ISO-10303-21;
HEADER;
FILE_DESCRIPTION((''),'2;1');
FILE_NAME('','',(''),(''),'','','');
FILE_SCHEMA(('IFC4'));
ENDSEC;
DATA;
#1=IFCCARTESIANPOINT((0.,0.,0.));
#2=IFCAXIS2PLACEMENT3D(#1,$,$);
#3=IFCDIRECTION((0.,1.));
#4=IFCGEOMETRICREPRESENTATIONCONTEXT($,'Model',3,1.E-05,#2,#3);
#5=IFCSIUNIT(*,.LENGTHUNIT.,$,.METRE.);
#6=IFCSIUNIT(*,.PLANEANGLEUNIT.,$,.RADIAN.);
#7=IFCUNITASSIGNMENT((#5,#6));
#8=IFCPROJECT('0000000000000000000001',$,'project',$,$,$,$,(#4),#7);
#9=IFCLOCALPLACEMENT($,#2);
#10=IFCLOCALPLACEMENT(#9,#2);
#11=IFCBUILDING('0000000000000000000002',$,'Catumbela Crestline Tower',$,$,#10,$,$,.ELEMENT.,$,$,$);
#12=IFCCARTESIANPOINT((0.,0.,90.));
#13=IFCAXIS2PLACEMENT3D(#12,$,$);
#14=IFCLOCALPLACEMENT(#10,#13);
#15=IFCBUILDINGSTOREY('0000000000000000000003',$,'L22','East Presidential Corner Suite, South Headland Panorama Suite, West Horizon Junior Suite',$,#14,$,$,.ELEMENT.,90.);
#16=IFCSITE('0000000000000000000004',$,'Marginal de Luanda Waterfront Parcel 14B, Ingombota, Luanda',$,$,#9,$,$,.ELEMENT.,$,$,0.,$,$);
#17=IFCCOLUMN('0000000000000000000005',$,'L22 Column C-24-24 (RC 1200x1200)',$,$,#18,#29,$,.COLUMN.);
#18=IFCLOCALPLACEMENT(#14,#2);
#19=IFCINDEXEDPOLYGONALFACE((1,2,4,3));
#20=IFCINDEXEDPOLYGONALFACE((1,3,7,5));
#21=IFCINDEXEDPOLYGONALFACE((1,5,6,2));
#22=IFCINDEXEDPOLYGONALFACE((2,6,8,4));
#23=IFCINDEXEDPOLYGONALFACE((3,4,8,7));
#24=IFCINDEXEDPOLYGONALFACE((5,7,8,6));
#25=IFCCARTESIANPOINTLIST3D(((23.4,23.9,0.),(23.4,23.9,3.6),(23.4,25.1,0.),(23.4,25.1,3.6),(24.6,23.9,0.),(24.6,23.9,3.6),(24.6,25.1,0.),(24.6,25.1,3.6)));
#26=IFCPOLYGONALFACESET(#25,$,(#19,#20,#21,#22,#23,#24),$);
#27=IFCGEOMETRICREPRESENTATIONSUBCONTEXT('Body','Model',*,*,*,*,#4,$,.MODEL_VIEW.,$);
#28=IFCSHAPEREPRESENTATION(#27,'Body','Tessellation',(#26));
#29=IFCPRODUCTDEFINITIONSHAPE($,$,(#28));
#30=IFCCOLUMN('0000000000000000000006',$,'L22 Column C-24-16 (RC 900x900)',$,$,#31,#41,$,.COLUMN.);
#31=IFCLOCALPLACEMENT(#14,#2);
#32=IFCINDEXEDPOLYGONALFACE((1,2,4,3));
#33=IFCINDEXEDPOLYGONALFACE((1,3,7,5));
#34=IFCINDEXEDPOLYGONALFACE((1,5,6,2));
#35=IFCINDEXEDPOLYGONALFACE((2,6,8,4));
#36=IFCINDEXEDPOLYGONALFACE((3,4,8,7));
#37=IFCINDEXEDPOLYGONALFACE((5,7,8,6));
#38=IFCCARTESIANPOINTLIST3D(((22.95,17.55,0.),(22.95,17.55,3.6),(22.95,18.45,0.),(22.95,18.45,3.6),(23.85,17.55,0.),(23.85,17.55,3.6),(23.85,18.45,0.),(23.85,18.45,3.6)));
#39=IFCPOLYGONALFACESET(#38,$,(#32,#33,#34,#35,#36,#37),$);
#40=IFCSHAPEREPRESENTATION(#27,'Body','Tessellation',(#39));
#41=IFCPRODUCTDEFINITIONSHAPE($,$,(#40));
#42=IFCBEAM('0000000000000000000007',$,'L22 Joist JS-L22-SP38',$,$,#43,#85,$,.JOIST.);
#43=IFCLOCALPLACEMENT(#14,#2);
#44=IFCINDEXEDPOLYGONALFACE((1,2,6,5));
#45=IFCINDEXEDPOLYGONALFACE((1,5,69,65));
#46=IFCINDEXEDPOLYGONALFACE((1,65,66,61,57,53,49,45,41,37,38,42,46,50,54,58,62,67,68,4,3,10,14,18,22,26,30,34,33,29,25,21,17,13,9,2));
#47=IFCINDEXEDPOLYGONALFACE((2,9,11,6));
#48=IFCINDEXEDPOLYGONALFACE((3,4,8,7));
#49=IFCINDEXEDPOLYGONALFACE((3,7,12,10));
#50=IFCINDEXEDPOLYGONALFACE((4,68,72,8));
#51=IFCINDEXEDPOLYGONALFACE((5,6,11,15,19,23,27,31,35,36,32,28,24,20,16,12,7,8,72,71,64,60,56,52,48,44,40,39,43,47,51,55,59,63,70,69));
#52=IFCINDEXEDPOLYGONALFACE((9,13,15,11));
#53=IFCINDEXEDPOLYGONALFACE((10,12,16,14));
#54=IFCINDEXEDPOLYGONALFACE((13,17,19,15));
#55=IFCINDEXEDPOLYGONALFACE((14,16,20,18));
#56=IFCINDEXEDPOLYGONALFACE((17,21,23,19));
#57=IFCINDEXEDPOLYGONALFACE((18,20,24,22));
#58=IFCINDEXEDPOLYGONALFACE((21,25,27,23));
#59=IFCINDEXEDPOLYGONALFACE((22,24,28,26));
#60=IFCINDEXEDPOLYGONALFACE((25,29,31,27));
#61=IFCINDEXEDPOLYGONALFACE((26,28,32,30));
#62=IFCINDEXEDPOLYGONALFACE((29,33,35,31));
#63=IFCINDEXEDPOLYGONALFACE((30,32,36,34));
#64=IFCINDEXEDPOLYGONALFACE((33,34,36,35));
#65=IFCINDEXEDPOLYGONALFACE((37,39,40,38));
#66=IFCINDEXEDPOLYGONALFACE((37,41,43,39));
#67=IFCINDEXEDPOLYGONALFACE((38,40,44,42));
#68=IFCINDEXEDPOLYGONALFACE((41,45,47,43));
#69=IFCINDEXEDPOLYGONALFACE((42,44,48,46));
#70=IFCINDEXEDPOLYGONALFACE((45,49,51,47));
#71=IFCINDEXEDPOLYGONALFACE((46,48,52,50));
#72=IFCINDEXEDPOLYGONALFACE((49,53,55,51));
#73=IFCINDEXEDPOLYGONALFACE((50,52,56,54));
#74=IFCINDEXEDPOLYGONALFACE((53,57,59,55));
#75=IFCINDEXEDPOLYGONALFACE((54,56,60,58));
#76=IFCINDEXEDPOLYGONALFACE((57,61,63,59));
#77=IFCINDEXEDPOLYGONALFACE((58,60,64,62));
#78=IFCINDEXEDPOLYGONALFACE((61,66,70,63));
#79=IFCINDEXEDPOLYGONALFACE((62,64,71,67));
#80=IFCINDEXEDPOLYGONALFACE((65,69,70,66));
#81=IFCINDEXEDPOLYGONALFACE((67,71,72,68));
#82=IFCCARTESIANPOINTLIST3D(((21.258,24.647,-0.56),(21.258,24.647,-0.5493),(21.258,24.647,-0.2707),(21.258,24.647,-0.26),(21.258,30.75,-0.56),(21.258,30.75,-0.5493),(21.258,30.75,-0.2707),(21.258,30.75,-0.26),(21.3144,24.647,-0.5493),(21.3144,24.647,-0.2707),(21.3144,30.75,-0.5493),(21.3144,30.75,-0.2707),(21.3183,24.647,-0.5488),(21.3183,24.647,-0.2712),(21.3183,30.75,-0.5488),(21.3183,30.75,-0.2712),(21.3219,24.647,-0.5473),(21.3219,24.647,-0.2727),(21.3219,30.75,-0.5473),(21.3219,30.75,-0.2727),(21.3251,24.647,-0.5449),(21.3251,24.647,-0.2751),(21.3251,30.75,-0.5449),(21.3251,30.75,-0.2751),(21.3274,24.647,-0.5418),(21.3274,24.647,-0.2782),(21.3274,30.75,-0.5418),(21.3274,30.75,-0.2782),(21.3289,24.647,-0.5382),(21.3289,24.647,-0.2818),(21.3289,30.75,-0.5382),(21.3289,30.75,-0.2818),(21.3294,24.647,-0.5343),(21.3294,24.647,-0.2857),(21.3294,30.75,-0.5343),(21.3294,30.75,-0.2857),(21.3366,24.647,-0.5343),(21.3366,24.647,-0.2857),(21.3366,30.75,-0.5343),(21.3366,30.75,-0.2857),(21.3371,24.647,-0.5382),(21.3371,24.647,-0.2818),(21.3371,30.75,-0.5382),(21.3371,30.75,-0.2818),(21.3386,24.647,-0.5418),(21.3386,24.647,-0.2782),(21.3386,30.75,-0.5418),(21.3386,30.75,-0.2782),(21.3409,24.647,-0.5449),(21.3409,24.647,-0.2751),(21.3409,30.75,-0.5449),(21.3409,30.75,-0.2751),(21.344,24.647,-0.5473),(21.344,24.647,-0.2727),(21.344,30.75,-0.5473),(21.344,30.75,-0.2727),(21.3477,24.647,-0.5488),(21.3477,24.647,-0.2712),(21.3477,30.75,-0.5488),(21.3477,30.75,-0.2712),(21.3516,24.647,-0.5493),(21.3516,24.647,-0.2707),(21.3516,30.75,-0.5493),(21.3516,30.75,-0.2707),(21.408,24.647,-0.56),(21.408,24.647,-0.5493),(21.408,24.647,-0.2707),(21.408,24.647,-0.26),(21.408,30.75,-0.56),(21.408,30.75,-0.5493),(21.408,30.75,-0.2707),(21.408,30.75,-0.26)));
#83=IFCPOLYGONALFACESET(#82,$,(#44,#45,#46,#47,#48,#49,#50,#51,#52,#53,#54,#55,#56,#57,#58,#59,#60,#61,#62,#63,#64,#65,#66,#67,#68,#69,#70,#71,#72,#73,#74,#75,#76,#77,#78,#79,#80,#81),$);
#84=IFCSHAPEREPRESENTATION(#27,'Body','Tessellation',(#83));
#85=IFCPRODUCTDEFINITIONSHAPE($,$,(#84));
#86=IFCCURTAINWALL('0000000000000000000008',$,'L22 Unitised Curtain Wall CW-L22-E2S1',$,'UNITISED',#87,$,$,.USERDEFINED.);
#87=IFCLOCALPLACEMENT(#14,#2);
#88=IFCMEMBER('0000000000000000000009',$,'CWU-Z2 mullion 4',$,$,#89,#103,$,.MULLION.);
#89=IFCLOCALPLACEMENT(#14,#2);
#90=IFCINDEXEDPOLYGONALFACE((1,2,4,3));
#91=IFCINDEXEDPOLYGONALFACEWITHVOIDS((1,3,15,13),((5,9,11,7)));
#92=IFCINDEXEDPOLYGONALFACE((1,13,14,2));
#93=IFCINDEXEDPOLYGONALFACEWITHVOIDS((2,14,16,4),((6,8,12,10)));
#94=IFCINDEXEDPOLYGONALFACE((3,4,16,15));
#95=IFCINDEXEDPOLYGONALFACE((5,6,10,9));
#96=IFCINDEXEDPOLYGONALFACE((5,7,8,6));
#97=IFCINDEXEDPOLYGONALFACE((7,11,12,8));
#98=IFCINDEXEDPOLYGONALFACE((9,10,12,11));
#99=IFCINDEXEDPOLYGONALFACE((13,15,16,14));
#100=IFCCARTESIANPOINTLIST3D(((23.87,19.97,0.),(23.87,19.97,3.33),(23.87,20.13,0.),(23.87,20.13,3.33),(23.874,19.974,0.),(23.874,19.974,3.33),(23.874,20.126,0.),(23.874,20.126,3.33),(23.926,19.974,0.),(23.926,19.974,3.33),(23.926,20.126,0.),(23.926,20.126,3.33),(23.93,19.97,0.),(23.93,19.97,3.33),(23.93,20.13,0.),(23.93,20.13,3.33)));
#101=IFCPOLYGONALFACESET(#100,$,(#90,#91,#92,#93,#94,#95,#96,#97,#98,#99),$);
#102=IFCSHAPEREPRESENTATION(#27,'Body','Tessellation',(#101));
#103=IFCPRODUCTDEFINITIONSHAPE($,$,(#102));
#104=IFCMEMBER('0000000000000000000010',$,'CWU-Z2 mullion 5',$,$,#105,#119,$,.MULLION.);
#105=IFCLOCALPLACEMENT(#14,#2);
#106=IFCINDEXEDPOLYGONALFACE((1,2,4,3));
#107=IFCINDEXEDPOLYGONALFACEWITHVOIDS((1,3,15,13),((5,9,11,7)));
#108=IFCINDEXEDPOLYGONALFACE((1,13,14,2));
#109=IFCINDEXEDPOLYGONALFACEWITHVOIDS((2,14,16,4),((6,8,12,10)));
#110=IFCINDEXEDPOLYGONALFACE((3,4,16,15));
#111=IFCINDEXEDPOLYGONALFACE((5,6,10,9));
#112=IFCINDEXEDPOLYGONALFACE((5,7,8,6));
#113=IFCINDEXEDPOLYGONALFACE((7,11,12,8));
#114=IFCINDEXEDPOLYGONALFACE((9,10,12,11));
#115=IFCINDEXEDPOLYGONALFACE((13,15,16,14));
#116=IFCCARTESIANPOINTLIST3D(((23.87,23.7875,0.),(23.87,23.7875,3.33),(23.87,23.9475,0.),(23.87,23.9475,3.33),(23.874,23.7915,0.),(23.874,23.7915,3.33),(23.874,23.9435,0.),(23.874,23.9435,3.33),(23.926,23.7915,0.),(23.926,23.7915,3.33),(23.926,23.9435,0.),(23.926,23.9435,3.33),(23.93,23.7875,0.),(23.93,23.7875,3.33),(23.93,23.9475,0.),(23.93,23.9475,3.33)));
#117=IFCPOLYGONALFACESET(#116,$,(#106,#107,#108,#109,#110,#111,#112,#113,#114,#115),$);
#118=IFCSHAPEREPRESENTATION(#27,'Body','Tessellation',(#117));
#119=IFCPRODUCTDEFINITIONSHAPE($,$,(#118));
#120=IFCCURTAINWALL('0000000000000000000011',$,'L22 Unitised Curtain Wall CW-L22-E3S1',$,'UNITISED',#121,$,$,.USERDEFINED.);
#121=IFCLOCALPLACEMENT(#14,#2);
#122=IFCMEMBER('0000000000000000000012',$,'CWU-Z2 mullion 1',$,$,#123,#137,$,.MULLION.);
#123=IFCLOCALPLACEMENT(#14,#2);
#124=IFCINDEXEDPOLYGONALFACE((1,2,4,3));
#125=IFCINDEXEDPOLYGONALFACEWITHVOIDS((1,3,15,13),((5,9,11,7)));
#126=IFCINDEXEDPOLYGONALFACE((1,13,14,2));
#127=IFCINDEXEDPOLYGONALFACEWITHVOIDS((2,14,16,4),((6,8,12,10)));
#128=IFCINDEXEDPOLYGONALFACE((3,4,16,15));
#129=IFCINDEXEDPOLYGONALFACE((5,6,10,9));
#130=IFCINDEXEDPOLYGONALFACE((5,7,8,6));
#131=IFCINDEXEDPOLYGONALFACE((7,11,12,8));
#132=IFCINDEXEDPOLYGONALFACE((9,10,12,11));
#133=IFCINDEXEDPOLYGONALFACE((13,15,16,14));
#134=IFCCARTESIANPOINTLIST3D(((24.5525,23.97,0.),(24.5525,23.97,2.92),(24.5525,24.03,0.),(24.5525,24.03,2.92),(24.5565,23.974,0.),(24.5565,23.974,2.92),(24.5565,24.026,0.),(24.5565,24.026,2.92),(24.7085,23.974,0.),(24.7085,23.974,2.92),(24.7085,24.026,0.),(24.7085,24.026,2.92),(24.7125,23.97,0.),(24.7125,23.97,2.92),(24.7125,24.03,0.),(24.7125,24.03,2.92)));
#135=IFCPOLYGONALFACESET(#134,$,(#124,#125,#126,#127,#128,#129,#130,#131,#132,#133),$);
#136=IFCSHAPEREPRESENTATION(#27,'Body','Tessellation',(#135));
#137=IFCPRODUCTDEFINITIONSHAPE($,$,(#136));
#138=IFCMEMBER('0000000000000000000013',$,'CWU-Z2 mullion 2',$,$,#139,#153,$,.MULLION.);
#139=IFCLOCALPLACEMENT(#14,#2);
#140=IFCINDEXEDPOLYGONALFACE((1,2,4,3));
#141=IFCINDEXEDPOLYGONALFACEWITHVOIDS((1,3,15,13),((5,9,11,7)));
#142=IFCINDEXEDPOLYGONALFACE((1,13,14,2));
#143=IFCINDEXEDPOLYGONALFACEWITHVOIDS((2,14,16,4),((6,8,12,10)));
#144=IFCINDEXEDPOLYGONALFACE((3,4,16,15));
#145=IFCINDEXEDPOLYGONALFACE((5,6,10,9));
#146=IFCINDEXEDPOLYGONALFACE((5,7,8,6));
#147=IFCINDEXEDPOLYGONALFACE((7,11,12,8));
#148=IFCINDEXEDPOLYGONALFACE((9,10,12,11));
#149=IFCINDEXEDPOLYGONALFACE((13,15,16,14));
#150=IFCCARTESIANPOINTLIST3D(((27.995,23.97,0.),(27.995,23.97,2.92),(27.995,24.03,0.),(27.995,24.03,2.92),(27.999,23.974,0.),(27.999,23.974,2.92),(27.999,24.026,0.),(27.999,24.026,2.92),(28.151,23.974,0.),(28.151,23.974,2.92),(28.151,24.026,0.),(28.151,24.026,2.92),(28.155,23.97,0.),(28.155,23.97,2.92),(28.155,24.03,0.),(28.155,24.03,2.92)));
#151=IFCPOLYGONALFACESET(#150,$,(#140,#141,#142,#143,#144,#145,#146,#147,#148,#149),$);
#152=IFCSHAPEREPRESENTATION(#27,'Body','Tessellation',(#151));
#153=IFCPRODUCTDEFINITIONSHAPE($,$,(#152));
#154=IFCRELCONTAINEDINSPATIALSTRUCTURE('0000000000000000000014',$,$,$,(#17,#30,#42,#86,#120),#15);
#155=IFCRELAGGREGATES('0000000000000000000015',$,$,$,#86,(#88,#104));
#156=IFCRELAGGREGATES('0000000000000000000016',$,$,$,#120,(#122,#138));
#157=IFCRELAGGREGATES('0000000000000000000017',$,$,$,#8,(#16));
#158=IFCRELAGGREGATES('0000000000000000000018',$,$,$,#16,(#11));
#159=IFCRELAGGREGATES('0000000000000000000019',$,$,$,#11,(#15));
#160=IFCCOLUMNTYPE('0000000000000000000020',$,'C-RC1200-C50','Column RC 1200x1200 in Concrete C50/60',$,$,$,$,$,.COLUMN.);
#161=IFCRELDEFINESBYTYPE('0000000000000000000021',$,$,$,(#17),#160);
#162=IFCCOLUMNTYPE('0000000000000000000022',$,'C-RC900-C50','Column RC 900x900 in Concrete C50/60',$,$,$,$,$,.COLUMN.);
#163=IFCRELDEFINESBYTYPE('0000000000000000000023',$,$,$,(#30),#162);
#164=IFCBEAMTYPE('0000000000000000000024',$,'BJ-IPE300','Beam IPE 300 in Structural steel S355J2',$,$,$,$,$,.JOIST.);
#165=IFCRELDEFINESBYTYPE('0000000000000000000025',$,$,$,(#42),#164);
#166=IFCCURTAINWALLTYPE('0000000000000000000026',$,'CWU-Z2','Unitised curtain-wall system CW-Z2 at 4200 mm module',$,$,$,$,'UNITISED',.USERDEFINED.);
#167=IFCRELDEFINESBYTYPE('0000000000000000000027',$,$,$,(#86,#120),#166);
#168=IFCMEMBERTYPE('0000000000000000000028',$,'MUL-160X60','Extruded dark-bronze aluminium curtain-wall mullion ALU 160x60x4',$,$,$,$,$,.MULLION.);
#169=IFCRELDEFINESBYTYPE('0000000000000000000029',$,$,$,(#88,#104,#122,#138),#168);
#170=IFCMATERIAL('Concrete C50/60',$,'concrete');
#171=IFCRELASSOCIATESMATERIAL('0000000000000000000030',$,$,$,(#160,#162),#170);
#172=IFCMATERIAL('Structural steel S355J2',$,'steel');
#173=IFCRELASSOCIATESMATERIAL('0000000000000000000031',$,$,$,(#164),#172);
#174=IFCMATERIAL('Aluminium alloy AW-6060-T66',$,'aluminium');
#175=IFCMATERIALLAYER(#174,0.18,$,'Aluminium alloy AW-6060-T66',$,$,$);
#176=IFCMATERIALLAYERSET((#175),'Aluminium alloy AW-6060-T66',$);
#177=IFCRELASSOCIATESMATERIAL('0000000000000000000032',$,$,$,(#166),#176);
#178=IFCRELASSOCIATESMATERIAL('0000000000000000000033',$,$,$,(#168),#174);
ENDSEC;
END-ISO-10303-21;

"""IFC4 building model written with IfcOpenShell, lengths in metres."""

from ifc_helpers import new_model, si_unit, direction, frame, origin, origin_2d, place, context, subcontext, project, spatial, rectangle, hollow_rectangle, i_section, extrude, material, layer, layer_set, material_profile, profile_set, type_object, element, aggregate, save


model = new_model("IFC4")

# Units and contexts
model_context = context("Model", 3, precision=1e-05, world=origin(), true_north=direction((0.0, 1.0)))
body_context = subcontext(model_context, "Body", "Model", "MODEL_VIEW")
ifc_project = project(units=[si_unit("LENGTHUNIT", "METRE"), si_unit("PLANEANGLEUNIT", "RADIAN")], contexts=[model_context])

# Site, building, storey
site_placement = place(None, origin())
site = spatial("IfcSite", under=ifc_project, at=site_placement, Name="Marginal de Luanda Waterfront Parcel 14B, Ingombota, Luanda", CompositionType="ELEMENT", RefElevation=0.0)
building_placement = place(site_placement, origin())
building = spatial("IfcBuilding", under=site, at=building_placement, Name="Catumbela Crestline Tower", CompositionType="ELEMENT")
storey_placement = place(building_placement, frame((0.0, 0.0, 90.0)))
storey = spatial("IfcBuildingStorey", under=building, at=storey_placement, Name="L22", Description="East Presidential Corner Suite, South Headland Panorama Suite, West Horizon Junior Suite", CompositionType="ELEMENT", Elevation=90.0)

# Columns
ifc_material_1 = material(Name="Concrete C50/60", Category="concrete")
ifc_material_profile_1 = material_profile(ifc_material_1, rectangle(XDim=1.2, YDim=1.2, at=origin_2d()), Name="RC 1200x1200")
ifc_profile_set_1 = profile_set([ifc_material_profile_1], Name="Concrete C50/60")
column_type_1 = type_object("IfcColumnType", Name="C-RC1200-C50", Description="Column RC 1200x1200 in Concrete C50/60", PredefinedType="COLUMN", material=ifc_profile_set_1)
column_1_placement = place(storey_placement, frame((24.0, 24.5, 0.0), z_axis=(0.0, 0.0, 1.0), x_axis=(1.0, 0.0, 0.0)))
element("IfcColumn", 1, at=column_1_placement, inside=storey, type_object=column_type_1, Name="L22 Column C-24-24 (RC 1200x1200)", PredefinedType="COLUMN", context=body_context, shape_type="SweptSolid", body=[
    extrude(rectangle(XDim=1.2, YDim=1.2, at=origin_2d()), origin(), (0.0, 0.0, 1.0), 3.6),
])
ifc_material_profile_2 = material_profile(ifc_material_1, rectangle(XDim=0.9, YDim=0.9, at=origin_2d()), Name="RC 900x900")
ifc_profile_set_2 = profile_set([ifc_material_profile_2], Name="Concrete C50/60")
column_type_2 = type_object("IfcColumnType", Name="C-RC900-C50", Description="Column RC 900x900 in Concrete C50/60", PredefinedType="COLUMN", material=ifc_profile_set_2)
column_2_placement = place(storey_placement, frame((23.4, 18.0, 0.0), z_axis=(0.0, 0.0, 1.0), x_axis=(1.0, 0.0, 0.0)))
element("IfcColumn", 2, at=column_2_placement, inside=storey, type_object=column_type_2, Name="L22 Column C-24-16 (RC 900x900)", PredefinedType="COLUMN", context=body_context, shape_type="SweptSolid", body=[
    extrude(rectangle(XDim=0.9, YDim=0.9, at=origin_2d()), origin(), (0.0, 0.0, 1.0), 3.6),
])

# Beam
ifc_material_2 = material(Name="Structural steel S355J2", Category="steel")
ifc_material_profile_3 = material_profile(ifc_material_2, i_section(OverallWidth=0.15, OverallDepth=0.3, WebThickness=0.0071, FlangeThickness=0.0107, FilletRadius=0.015, at=origin_2d()), Name="IPE 300")
ifc_profile_set_3 = profile_set([ifc_material_profile_3], Name="Structural steel S355J2")
beam_type_1 = type_object("IfcBeamType", Name="BJ-IPE300", Description="Beam IPE 300 in Structural steel S355J2", PredefinedType="JOIST", material=ifc_profile_set_3)
beam_1_placement = place(storey_placement, frame((21.333, 24.647, -0.41), z_axis=(0.0, 1.0, 0.0), x_axis=(-1.0, 0.0, 0.0)))
element("IfcBeam", 3, at=beam_1_placement, inside=storey, type_object=beam_type_1, Name="L22 Joist JS-L22-SP38", PredefinedType="JOIST", context=body_context, shape_type="SweptSolid", body=[
    extrude(i_section(OverallWidth=0.15, OverallDepth=0.3, WebThickness=0.0071, FlangeThickness=0.0107, FilletRadius=0.015, at=origin_2d()), origin(), (0.0, 0.0, 1.0), 6.103),
])

# Curtain walls, members
ifc_material_3 = material(Name="Aluminium alloy AW-6060-T66", Category="aluminium")
ifc_layer_1 = layer(ifc_material_3, 0.18, Name="Aluminium alloy AW-6060-T66")
ifc_layer_set_1 = layer_set([ifc_layer_1], Name="Aluminium alloy AW-6060-T66")
curtain_wall_type = type_object("IfcCurtainWallType", Name="CWU-Z2", Description="Unitised curtain-wall system CW-Z2 at 4200 mm module", ElementType="UNITISED", PredefinedType="USERDEFINED", material=ifc_layer_set_1)
curtain_wall_1_placement = place(storey_placement, origin())
curtain_wall_1 = element("IfcCurtainWall", 4, at=curtain_wall_1_placement, inside=storey, type_object=curtain_wall_type, Name="L22 Unitised Curtain Wall CW-L22-E2S1", ObjectType="UNITISED", PredefinedType="USERDEFINED")
ifc_material_profile_4 = material_profile(ifc_material_3, hollow_rectangle(XDim=0.06, YDim=0.16, WallThickness=0.004, at=origin_2d()), Name="ALU 160x60x4")
ifc_profile_set_4 = profile_set([ifc_material_profile_4], Name="Aluminium alloy AW-6060-T66")
member_type_1 = type_object("IfcMemberType", Name="MUL-160X60", Description="Extruded dark-bronze aluminium curtain-wall mullion ALU 160x60x4", PredefinedType="MULLION", material=ifc_profile_set_4)
member_1_placement = place(storey_placement, frame((23.9, 20.05, 0.0), z_axis=(0.0, 0.0, 1.0), x_axis=(-1.0, 0.0, 0.0)))
member_1 = element("IfcMember", 5, at=member_1_placement, type_object=member_type_1, Name="CWU-Z2 mullion 4", PredefinedType="MULLION", context=body_context, shape_type="SweptSolid", body=[
    extrude(hollow_rectangle(XDim=0.06, YDim=0.16, WallThickness=0.004, at=origin_2d()), origin(), (0.0, 0.0, 1.0), 3.33),
])
member_2_placement = place(storey_placement, frame((23.9, 23.8675, 0.0), z_axis=(0.0, 0.0, 1.0), x_axis=(-1.0, 0.0, 0.0)))
member_2 = element("IfcMember", 6, at=member_2_placement, type_object=member_type_1, Name="CWU-Z2 mullion 5", PredefinedType="MULLION", context=body_context, shape_type="SweptSolid", body=[
    extrude(hollow_rectangle(XDim=0.06, YDim=0.16, WallThickness=0.004, at=origin_2d()), origin(), (0.0, 0.0, 1.0), 3.33),
])
curtain_wall_2_placement = place(storey_placement, origin())
curtain_wall_2 = element("IfcCurtainWall", 7, at=curtain_wall_2_placement, inside=storey, type_object=curtain_wall_type, Name="L22 Unitised Curtain Wall CW-L22-E3S1", ObjectType="UNITISED", PredefinedType="USERDEFINED")
member_3_placement = place(storey_placement, frame((24.6325, 24.0, 0.0), z_axis=(0.0, 0.0, 1.0), x_axis=(0.0, 1.0, 0.0)))
member_3 = element("IfcMember", 8, at=member_3_placement, type_object=member_type_1, Name="CWU-Z2 mullion 1", PredefinedType="MULLION", context=body_context, shape_type="SweptSolid", body=[
    extrude(hollow_rectangle(XDim=0.06, YDim=0.16, WallThickness=0.004, at=origin_2d()), origin(), (0.0, 0.0, 1.0), 2.92),
])
member_4_placement = place(storey_placement, frame((28.075, 24.0, 0.0), z_axis=(0.0, 0.0, 1.0), x_axis=(0.0, 1.0, 0.0)))
member_4 = element("IfcMember", 9, at=member_4_placement, type_object=member_type_1, Name="CWU-Z2 mullion 2", PredefinedType="MULLION", context=body_context, shape_type="SweptSolid", body=[
    extrude(hollow_rectangle(XDim=0.06, YDim=0.16, WallThickness=0.004, at=origin_2d()), origin(), (0.0, 0.0, 1.0), 2.92),
])

aggregate(curtain_wall_1, [member_1, member_2])
aggregate(curtain_wall_2, [member_3, member_4])

save(model, "model.ifc")
